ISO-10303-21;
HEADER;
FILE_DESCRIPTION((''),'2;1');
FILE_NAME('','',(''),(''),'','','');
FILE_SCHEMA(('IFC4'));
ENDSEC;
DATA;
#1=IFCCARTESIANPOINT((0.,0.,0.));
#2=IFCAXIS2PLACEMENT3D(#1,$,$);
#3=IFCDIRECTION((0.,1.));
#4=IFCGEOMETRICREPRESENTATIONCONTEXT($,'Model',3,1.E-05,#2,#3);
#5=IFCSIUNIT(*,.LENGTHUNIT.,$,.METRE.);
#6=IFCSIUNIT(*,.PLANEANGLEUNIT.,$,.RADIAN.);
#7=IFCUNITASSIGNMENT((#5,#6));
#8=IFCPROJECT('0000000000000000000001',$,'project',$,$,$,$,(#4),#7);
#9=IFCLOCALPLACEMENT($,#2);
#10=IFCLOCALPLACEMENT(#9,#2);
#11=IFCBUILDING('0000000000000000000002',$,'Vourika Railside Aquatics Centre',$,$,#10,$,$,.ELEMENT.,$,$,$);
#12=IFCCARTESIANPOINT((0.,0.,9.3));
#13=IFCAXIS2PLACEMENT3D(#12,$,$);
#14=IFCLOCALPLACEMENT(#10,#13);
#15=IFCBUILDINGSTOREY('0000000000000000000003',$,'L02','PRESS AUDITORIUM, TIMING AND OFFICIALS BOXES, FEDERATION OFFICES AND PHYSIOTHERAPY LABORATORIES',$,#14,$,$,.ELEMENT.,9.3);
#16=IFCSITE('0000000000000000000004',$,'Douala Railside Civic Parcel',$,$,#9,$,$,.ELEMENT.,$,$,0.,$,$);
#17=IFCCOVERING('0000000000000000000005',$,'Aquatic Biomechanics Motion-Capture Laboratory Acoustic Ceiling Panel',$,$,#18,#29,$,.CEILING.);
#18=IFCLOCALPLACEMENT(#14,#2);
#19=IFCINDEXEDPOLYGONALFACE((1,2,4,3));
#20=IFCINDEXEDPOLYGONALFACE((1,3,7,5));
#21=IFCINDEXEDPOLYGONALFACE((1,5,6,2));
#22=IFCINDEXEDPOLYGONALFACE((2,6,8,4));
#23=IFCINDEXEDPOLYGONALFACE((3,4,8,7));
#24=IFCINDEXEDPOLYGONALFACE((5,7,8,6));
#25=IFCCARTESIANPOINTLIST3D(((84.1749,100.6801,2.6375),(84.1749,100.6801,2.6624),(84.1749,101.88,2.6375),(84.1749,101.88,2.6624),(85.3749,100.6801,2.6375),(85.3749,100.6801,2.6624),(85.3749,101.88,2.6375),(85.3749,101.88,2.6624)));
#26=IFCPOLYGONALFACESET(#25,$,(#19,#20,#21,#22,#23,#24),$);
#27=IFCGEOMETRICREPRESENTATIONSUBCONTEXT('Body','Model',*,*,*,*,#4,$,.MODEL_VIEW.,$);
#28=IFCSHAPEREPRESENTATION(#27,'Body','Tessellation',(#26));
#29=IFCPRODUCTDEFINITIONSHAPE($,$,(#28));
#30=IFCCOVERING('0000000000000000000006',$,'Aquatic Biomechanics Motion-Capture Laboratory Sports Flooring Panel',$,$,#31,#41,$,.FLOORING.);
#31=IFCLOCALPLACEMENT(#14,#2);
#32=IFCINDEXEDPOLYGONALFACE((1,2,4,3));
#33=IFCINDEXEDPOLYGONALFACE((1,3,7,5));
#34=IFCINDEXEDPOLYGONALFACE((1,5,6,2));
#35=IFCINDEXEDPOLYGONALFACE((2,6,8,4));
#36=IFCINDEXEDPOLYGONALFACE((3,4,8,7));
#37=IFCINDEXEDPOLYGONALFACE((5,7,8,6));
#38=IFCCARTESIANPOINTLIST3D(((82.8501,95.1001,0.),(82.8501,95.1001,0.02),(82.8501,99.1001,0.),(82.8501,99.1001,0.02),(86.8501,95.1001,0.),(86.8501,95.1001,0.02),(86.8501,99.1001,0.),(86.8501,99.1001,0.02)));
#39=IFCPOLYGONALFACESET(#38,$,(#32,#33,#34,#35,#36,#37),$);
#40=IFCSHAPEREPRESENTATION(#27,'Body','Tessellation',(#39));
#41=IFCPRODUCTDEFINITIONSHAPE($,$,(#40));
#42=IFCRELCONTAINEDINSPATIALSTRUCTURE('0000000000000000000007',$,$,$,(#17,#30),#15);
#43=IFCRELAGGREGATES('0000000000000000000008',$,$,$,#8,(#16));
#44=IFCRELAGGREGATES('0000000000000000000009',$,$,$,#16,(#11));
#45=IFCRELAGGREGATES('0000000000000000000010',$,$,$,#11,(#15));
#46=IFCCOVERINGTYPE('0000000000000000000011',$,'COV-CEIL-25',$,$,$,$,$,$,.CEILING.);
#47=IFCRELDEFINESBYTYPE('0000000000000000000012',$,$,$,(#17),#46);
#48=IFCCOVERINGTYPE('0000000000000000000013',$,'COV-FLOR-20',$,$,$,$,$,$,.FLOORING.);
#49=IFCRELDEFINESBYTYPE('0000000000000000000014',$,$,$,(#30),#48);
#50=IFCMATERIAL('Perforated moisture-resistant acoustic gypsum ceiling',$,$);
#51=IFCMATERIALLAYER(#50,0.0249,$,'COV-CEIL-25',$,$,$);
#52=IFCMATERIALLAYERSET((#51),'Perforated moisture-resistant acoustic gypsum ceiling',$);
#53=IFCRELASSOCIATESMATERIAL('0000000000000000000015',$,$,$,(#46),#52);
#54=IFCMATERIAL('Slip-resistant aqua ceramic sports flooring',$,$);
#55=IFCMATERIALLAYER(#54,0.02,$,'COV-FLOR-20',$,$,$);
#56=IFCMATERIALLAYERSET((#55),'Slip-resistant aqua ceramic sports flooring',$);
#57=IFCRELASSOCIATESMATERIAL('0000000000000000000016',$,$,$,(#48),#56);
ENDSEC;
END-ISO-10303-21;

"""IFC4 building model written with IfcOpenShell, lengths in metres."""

from ifc_helpers import new_model, si_unit, direction, frame, origin, origin_2d, place, context, subcontext, project, spatial, rectangle, extrude, material, layer, layer_set, type_object, element, save


model = new_model("IFC4")

# Units and contexts
model_context = context("Model", 3, precision=1e-05, world=origin(), true_north=direction((0.0, 1.0)))
body_context = subcontext(model_context, "Body", "Model", "MODEL_VIEW")
ifc_project = project(units=[si_unit("LENGTHUNIT", "METRE"), si_unit("PLANEANGLEUNIT", "RADIAN")], contexts=[model_context])

# Site, building, storey
site_placement = place(None, origin())
site = spatial("IfcSite", under=ifc_project, at=site_placement, Name="Douala Railside Civic Parcel", CompositionType="ELEMENT", RefElevation=0.0)
building_placement = place(site_placement, origin())
building = spatial("IfcBuilding", under=site, at=building_placement, Name="Vourika Railside Aquatics Centre", CompositionType="ELEMENT")
storey_placement = place(building_placement, frame((0.0, 0.0, 9.3)))
storey = spatial("IfcBuildingStorey", under=building, at=storey_placement, Name="L02", Description="PRESS AUDITORIUM, TIMING AND OFFICIALS BOXES, FEDERATION OFFICES AND PHYSIOTHERAPY LABORATORIES", CompositionType="ELEMENT", Elevation=9.3)

# Coverings
ifc_material_1 = material(Name="Perforated moisture-resistant acoustic gypsum ceiling")
ifc_layer_1 = layer(ifc_material_1, 0.0249, Name="COV-CEIL-25")
ifc_layer_set_1 = layer_set([ifc_layer_1], Name="Perforated moisture-resistant acoustic gypsum ceiling")
covering_type_1 = type_object("IfcCoveringType", Name="COV-CEIL-25", PredefinedType="CEILING", material=ifc_layer_set_1)
covering_1_placement = place(storey_placement, frame((84.7749, 101.28, 2.6375), z_axis=(0.0, 0.0, 1.0), x_axis=(1.0, 0.0, 0.0)))
element("IfcCovering", 1, at=covering_1_placement, inside=storey, type_object=covering_type_1, Name="Aquatic Biomechanics Motion-Capture Laboratory Acoustic Ceiling Panel", PredefinedType="CEILING", context=body_context, shape_type="SweptSolid", body=[
    extrude(rectangle(XDim=1.2, YDim=1.2, at=origin_2d()), origin(), (0.0, 0.0, 1.0), 0.0249),
])
ifc_material_2 = material(Name="Slip-resistant aqua ceramic sports flooring")
ifc_layer_2 = layer(ifc_material_2, 0.02, Name="COV-FLOR-20")
ifc_layer_set_2 = layer_set([ifc_layer_2], Name="Slip-resistant aqua ceramic sports flooring")
covering_type_2 = type_object("IfcCoveringType", Name="COV-FLOR-20", PredefinedType="FLOORING", material=ifc_layer_set_2)
covering_2_placement = place(storey_placement, frame((84.8501, 97.1001, 0.0), z_axis=(0.0, 0.0, 1.0), x_axis=(1.0, 0.0, 0.0)))
element("IfcCovering", 2, at=covering_2_placement, inside=storey, type_object=covering_type_2, Name="Aquatic Biomechanics Motion-Capture Laboratory Sports Flooring Panel", PredefinedType="FLOORING", context=body_context, shape_type="SweptSolid", body=[
    extrude(rectangle(XDim=4.0, YDim=4.0, at=origin_2d()), origin(), (0.0, 0.0, 1.0), 0.02),
])

save(model, "model.ifc")
